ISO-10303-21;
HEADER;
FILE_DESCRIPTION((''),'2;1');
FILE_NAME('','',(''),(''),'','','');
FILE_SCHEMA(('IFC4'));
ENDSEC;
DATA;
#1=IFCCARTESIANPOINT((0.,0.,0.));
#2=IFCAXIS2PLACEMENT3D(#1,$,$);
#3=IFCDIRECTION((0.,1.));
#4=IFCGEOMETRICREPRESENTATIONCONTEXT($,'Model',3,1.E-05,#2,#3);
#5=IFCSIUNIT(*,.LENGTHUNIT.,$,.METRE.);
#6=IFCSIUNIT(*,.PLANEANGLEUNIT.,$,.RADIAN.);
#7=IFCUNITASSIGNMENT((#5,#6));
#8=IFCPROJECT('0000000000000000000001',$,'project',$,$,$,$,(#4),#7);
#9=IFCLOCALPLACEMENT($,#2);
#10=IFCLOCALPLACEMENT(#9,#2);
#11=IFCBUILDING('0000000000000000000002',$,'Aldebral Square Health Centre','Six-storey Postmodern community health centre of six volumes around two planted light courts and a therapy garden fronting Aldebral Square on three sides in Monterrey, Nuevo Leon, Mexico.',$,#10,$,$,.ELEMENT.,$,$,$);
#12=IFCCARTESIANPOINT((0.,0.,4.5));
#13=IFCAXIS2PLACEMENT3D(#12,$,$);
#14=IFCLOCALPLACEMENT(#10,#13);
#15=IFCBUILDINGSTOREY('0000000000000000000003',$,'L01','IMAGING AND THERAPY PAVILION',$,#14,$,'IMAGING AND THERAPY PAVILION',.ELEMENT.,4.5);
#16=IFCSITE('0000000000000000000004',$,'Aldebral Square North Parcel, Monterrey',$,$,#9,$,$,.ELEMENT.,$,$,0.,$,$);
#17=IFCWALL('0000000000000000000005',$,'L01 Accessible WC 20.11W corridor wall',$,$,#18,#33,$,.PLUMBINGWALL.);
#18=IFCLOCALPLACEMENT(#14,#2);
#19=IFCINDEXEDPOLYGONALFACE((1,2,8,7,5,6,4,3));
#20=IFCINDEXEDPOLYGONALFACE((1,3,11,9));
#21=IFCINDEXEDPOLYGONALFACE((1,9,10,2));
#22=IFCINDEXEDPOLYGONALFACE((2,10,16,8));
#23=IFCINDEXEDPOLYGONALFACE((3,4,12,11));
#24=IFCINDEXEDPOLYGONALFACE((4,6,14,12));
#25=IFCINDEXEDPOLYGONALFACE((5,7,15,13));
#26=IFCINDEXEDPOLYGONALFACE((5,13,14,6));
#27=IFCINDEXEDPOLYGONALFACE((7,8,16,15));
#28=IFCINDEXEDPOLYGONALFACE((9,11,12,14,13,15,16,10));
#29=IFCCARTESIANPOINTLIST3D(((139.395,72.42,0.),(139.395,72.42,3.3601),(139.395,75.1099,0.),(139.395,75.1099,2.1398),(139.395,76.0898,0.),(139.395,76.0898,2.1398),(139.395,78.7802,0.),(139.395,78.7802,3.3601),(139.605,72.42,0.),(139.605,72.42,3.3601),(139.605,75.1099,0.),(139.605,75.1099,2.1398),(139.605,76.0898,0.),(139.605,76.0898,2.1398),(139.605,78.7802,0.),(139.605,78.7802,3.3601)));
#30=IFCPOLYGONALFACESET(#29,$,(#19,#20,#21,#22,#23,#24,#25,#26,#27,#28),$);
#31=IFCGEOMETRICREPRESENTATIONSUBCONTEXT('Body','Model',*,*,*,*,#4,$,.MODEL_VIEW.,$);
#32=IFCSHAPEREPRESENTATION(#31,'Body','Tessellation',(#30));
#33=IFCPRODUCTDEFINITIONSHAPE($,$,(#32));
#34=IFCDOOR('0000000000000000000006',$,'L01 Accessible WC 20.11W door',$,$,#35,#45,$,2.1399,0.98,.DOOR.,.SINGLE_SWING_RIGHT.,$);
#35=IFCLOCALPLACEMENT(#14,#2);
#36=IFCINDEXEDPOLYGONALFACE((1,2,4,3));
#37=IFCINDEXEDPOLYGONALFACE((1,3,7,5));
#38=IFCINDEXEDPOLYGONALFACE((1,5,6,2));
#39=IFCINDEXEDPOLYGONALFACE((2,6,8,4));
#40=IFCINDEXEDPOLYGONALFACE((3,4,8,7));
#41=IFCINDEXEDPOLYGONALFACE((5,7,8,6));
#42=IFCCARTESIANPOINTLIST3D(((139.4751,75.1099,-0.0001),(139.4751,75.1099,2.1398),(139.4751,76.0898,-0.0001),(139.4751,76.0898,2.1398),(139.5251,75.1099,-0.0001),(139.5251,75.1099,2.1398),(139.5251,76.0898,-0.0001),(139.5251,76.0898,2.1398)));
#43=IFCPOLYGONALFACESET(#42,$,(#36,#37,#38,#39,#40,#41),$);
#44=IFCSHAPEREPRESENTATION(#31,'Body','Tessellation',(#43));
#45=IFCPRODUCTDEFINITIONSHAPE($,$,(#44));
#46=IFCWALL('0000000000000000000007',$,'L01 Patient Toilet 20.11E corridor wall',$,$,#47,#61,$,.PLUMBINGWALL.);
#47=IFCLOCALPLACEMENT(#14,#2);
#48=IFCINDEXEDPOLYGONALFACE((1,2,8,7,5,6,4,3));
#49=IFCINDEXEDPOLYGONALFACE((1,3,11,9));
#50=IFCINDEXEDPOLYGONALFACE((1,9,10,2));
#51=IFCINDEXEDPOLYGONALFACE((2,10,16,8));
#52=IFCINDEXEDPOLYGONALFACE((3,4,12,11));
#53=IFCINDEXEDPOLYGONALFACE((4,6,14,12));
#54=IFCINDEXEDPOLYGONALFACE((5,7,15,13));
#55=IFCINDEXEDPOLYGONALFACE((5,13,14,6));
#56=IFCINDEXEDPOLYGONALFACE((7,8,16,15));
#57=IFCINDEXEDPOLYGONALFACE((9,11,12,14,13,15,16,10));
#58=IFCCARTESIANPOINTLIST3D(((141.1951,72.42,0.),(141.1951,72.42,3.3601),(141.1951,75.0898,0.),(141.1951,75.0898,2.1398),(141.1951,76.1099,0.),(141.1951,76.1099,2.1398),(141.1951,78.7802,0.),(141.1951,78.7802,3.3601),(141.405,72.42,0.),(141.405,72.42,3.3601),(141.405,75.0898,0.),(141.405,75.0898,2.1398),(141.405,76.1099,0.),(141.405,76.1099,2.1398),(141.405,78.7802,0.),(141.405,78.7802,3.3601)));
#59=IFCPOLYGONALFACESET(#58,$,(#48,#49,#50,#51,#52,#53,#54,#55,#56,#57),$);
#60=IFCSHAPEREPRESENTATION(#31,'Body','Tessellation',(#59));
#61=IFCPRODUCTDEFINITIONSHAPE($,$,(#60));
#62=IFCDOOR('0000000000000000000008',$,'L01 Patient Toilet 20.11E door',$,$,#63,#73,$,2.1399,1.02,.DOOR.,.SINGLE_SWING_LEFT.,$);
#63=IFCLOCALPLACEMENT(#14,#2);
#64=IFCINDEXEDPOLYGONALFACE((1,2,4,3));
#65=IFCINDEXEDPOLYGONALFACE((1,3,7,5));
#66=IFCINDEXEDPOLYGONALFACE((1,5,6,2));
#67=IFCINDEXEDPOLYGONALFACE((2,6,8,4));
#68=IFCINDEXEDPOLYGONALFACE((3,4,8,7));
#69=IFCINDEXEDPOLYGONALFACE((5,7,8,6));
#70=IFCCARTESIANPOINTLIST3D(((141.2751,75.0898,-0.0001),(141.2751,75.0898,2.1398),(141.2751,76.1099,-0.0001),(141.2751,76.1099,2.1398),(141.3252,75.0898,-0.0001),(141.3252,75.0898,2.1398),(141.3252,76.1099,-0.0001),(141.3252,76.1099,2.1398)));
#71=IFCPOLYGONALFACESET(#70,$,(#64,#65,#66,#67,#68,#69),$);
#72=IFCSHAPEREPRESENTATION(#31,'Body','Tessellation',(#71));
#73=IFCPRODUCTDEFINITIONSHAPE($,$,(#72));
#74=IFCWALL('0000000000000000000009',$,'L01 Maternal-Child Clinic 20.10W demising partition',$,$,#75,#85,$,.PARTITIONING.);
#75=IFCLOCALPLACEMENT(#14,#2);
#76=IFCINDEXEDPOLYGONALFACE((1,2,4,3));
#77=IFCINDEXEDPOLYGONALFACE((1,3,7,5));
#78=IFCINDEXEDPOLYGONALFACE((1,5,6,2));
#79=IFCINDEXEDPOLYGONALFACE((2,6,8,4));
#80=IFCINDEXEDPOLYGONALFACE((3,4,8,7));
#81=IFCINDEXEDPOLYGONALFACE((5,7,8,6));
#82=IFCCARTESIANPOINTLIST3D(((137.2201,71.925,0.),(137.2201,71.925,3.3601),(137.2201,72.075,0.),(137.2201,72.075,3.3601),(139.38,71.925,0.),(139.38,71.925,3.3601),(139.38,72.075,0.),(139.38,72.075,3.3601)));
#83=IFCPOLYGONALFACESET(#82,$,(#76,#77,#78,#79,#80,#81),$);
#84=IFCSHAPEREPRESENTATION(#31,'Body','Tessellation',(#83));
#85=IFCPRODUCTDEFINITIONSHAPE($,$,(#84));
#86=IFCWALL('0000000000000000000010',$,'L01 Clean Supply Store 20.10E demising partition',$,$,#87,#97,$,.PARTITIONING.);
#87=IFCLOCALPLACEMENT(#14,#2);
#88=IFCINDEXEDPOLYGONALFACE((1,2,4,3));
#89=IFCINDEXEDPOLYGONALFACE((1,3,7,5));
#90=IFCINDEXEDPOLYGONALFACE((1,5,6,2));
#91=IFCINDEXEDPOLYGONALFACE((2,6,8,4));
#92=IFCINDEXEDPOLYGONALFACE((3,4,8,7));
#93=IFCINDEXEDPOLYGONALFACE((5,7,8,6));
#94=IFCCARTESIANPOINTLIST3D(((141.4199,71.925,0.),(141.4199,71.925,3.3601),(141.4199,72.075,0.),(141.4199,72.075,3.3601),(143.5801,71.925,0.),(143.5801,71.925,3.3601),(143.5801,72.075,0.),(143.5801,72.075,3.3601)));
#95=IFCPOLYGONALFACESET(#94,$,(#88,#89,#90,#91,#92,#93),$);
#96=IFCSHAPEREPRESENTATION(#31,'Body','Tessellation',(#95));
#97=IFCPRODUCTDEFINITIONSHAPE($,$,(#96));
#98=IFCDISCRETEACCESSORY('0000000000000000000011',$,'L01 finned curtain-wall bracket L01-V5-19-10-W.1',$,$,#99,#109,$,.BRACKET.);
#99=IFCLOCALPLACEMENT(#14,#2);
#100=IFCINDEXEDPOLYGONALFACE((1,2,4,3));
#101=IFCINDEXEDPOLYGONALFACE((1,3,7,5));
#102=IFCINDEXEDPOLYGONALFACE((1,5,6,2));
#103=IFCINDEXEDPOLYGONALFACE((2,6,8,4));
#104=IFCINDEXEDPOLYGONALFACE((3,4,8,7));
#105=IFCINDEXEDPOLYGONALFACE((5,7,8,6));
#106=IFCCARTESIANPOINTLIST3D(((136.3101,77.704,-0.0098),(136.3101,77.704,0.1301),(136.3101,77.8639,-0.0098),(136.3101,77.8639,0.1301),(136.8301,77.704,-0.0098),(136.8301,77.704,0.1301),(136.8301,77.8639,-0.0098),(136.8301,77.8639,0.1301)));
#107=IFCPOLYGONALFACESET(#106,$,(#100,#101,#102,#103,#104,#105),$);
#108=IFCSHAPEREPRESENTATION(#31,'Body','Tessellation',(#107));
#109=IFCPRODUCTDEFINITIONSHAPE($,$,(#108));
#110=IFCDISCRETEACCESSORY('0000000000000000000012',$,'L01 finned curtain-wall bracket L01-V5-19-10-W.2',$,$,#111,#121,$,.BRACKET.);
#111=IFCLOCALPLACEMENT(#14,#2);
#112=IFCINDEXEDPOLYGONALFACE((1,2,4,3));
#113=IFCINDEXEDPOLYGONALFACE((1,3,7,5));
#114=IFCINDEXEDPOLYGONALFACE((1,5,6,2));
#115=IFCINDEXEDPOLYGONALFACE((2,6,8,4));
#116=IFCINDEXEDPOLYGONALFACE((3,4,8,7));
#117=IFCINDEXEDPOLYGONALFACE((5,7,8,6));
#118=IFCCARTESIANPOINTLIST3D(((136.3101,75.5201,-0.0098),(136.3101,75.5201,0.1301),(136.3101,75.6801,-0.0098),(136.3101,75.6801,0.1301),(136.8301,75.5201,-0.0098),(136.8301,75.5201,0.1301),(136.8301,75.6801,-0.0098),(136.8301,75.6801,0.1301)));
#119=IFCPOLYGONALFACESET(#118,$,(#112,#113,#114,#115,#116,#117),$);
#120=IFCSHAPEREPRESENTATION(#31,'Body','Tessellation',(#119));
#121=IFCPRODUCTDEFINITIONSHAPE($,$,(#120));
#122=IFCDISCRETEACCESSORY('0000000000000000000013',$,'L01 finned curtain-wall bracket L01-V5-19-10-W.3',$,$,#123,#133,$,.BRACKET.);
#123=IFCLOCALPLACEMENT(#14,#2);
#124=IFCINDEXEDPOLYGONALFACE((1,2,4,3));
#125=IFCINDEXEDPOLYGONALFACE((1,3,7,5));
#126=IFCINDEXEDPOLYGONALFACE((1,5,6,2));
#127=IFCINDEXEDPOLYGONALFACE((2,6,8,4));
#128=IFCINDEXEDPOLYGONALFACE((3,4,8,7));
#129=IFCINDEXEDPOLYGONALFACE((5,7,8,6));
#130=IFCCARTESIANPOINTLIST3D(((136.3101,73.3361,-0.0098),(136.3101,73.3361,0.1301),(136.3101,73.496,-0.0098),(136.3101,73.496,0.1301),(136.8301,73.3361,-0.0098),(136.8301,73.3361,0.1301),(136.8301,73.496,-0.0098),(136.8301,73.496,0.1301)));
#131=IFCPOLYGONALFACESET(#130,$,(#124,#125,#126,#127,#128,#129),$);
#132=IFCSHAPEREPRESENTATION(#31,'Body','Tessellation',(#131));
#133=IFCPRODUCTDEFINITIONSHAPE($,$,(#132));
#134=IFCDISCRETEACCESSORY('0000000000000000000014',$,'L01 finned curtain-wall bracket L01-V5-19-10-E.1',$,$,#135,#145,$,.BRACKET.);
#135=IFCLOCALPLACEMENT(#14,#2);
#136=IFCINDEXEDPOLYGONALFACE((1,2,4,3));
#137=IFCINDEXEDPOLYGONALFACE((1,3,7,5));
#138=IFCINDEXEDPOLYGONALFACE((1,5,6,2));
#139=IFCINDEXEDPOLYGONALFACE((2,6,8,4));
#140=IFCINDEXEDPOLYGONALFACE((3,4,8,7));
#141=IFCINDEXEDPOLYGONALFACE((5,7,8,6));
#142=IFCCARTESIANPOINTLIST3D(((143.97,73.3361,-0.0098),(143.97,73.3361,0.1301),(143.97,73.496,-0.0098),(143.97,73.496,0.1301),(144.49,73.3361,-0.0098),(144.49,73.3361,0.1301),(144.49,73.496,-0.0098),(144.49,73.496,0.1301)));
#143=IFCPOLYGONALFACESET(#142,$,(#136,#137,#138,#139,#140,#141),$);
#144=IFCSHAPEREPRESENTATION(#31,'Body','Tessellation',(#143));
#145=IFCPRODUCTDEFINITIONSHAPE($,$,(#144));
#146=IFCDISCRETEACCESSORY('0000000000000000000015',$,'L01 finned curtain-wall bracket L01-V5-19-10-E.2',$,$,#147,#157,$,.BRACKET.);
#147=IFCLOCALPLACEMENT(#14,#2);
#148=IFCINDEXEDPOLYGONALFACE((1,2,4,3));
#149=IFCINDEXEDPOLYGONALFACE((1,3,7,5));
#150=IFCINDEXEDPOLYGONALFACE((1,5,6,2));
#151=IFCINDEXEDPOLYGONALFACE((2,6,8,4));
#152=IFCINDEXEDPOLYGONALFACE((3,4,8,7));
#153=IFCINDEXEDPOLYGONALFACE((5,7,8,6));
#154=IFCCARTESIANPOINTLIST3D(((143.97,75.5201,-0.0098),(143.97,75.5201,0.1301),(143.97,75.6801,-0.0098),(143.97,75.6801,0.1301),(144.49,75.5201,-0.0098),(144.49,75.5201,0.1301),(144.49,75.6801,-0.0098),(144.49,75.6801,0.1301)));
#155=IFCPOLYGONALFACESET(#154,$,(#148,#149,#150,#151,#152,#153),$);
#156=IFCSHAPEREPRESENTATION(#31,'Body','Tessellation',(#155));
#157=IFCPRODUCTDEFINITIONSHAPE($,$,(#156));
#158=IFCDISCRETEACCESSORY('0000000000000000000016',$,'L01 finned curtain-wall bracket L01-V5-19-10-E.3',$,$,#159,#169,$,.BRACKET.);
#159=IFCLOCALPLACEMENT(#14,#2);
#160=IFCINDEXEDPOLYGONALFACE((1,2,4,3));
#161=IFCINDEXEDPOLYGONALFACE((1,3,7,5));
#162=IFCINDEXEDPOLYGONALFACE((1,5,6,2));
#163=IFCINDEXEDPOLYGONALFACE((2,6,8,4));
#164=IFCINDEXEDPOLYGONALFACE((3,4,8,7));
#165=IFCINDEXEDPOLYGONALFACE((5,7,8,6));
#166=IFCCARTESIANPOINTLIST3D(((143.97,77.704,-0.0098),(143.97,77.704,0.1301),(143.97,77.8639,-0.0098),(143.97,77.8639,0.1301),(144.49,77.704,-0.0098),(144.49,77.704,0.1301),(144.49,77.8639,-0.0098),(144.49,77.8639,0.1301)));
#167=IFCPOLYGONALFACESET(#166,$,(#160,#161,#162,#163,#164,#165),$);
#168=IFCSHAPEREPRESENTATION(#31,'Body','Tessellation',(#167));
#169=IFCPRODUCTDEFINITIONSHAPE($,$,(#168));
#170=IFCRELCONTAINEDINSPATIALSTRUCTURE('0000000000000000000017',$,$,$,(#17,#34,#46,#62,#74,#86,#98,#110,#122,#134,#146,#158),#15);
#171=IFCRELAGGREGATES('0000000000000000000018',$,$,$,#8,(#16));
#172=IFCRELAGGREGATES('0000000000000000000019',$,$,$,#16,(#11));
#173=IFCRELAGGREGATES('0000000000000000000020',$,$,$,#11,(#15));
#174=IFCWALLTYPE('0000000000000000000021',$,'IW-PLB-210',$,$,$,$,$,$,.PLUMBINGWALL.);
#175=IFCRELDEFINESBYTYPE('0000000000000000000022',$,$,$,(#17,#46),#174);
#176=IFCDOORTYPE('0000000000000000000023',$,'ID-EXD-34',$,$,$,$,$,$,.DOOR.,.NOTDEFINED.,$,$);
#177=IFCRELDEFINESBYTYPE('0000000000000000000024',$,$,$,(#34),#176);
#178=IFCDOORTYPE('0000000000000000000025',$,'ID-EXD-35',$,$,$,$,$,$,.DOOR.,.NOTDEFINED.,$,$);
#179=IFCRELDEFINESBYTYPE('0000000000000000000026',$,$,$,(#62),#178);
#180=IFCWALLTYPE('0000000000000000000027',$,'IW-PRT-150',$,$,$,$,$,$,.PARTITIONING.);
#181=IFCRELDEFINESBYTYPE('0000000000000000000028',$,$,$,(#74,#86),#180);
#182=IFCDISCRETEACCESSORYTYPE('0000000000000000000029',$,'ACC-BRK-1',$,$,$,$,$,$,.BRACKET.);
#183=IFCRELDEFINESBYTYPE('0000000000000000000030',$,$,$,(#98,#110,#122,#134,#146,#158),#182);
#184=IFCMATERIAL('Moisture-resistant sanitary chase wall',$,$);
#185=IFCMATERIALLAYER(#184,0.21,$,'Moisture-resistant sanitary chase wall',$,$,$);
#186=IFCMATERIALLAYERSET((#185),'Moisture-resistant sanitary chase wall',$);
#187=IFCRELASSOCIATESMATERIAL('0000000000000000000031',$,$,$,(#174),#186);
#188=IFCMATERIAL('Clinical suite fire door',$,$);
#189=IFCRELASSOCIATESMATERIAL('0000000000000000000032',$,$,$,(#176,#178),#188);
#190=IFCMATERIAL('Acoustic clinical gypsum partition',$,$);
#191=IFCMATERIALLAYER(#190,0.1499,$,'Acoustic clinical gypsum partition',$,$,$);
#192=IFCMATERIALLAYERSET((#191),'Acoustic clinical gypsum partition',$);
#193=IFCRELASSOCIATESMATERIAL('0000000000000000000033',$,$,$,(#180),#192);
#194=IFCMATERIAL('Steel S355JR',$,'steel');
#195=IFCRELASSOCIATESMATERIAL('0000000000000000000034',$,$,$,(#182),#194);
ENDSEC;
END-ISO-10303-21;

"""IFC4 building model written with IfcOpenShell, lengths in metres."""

from ifc_helpers import new_model, si_unit, direction, frame, frame_2d, origin, origin_2d, place, context, subcontext, project, spatial, rectangle, extrude, material, layer, layer_set, type_object, element, fill, save


model = new_model("IFC4")

# Units and contexts
model_context = context("Model", 3, precision=1e-05, world=origin(), true_north=direction((0.0, 1.0)))
body_context = subcontext(model_context, "Body", "Model", "MODEL_VIEW")
ifc_project = project(units=[si_unit("LENGTHUNIT", "METRE"), si_unit("PLANEANGLEUNIT", "RADIAN")], contexts=[model_context])

# Site, building, storey
site_placement = place(None, origin())
site = spatial("IfcSite", under=ifc_project, at=site_placement, Name="Aldebral Square North Parcel, Monterrey", CompositionType="ELEMENT", RefElevation=0.0)
building_placement = place(site_placement, origin())
building = spatial("IfcBuilding", under=site, at=building_placement, Name="Aldebral Square Health Centre", Description="Six-storey Postmodern community health centre of six volumes around two planted light courts and a therapy garden fronting Aldebral Square on three sides in Monterrey, Nuevo Leon, Mexico.", CompositionType="ELEMENT")
storey_placement = place(building_placement, frame((0.0, 0.0, 4.5)))
storey = spatial("IfcBuildingStorey", under=building, at=storey_placement, Name="L01", Description="IMAGING AND THERAPY PAVILION", LongName="IMAGING AND THERAPY PAVILION", CompositionType="ELEMENT", Elevation=4.5)

# Walls, openings, doors
ifc_material_1 = material(Name="Moisture-resistant sanitary chase wall")
ifc_layer_1 = layer(ifc_material_1, 0.21, Name="Moisture-resistant sanitary chase wall")
ifc_layer_set_1 = layer_set([ifc_layer_1], Name="Moisture-resistant sanitary chase wall")
wall_type_1 = type_object("IfcWallType", Name="IW-PLB-210", PredefinedType="PLUMBINGWALL", material=ifc_layer_set_1)
wall_1_placement = place(storey_placement, frame((139.5, 72.4199, 0.0), z_axis=(0.0, 0.0, 1.0), x_axis=(0.0, 1.0, 0.0)))
wall_1 = element("IfcWall", 1, at=wall_1_placement, inside=storey, type_object=wall_type_1, Name="L01 Accessible WC 20.11W corridor wall", PredefinedType="PLUMBINGWALL", context=body_context, shape_type="SweptSolid", body=[
    extrude(rectangle(XDim=6.3601, YDim=0.21, at=frame_2d((3.1802, 0.0))), origin(), (0.0, 0.0, 1.0), 3.3601),
])
opening_1_placement = place(wall_1_placement, frame((2.6899, 0.0, 0.0)))
opening_1 = element("IfcOpeningElement", 2, at=opening_1_placement, cuts=wall_1, PredefinedType="OPENING", context=body_context, shape_type="SweptSolid", body=[
    extrude(rectangle(XDim=0.98, YDim=2.1399, at=frame_2d((0.49, 1.0698))), frame((0.0, 0.115, 0.0), z_axis=(0.0, -1.0, 0.0), x_axis=(1.0, 0.0, 0.0)), (0.0, 0.0, 1.0), 0.23),
])
ifc_material_2 = material(Name="Clinical suite fire door")
door_type_1 = type_object("IfcDoorType", Name="ID-EXD-34", OperationType="NOTDEFINED", PredefinedType="DOOR", material=ifc_material_2)
door_1_placement = place(opening_1_placement, origin())
door_1 = element("IfcDoor", 3, at=door_1_placement, inside=storey, type_object=door_type_1, Name="L01 Accessible WC 20.11W door", OperationType="SINGLE_SWING_RIGHT", OverallHeight=2.1399, OverallWidth=0.98, PredefinedType="DOOR", context=body_context, shape_type="SweptSolid", body=[
    extrude(rectangle(XDim=0.98, YDim=2.1399, at=frame_2d((0.49, 1.0698))), frame((0.0, 0.0249, 0.0), z_axis=(0.0, -1.0, 0.0), x_axis=(1.0, 0.0, 0.0)), (0.0, 0.0, 1.0), 0.05),
])
fill(opening_1, door_1)
wall_2_placement = place(storey_placement, frame((141.3, 72.4199, 0.0), z_axis=(0.0, 0.0, 1.0), x_axis=(0.0, 1.0, 0.0)))
wall_2 = element("IfcWall", 4, at=wall_2_placement, inside=storey, type_object=wall_type_1, Name="L01 Patient Toilet 20.11E corridor wall", PredefinedType="PLUMBINGWALL", context=body_context, shape_type="SweptSolid", body=[
    extrude(rectangle(XDim=6.3601, YDim=0.21, at=frame_2d((3.1802, 0.0))), origin(), (0.0, 0.0, 1.0), 3.3601),
])
opening_2_placement = place(wall_2_placement, frame((2.6699, 0.0, 0.0)))
opening_2 = element("IfcOpeningElement", 5, at=opening_2_placement, cuts=wall_2, PredefinedType="OPENING", context=body_context, shape_type="SweptSolid", body=[
    extrude(rectangle(XDim=1.02, YDim=2.1399, at=frame_2d((0.51, 1.0698))), frame((0.0, 0.115, 0.0), z_axis=(0.0, -1.0, 0.0), x_axis=(1.0, 0.0, 0.0)), (0.0, 0.0, 1.0), 0.23),
])
door_type_2 = type_object("IfcDoorType", Name="ID-EXD-35", OperationType="NOTDEFINED", PredefinedType="DOOR", material=ifc_material_2)
door_2_placement = place(opening_2_placement, origin())
door_2 = element("IfcDoor", 6, at=door_2_placement, inside=storey, type_object=door_type_2, Name="L01 Patient Toilet 20.11E door", OperationType="SINGLE_SWING_LEFT", OverallHeight=2.1399, OverallWidth=1.02, PredefinedType="DOOR", context=body_context, shape_type="SweptSolid", body=[
    extrude(rectangle(XDim=1.02, YDim=2.1399, at=frame_2d((0.51, 1.0698))), frame((0.0, 0.0249, 0.0), z_axis=(0.0, -1.0, 0.0), x_axis=(1.0, 0.0, 0.0)), (0.0, 0.0, 1.0), 0.05),
])
fill(opening_2, door_2)

# Walls
ifc_material_3 = material(Name="Acoustic clinical gypsum partition")
ifc_layer_2 = layer(ifc_material_3, 0.1499, Name="Acoustic clinical gypsum partition")
ifc_layer_set_2 = layer_set([ifc_layer_2], Name="Acoustic clinical gypsum partition")
wall_type_2 = type_object("IfcWallType", Name="IW-PRT-150", PredefinedType="PARTITIONING", material=ifc_layer_set_2)
wall_3_placement = place(storey_placement, frame((137.22, 72.0, 0.0), z_axis=(0.0, 0.0, 1.0), x_axis=(1.0, 0.0, 0.0)))
element("IfcWall", 7, at=wall_3_placement, inside=storey, type_object=wall_type_2, Name="L01 Maternal-Child Clinic 20.10W demising partition", PredefinedType="PARTITIONING", context=body_context, shape_type="SweptSolid", body=[
    extrude(rectangle(XDim=2.1599, YDim=0.1499, at=frame_2d((1.0801, 0.0))), origin(), (0.0, 0.0, 1.0), 3.3601),
])
wall_4_placement = place(storey_placement, frame((141.4199, 72.0, 0.0), z_axis=(0.0, 0.0, 1.0), x_axis=(1.0, 0.0, 0.0)))
element("IfcWall", 8, at=wall_4_placement, inside=storey, type_object=wall_type_2, Name="L01 Clean Supply Store 20.10E demising partition", PredefinedType="PARTITIONING", context=body_context, shape_type="SweptSolid", body=[
    extrude(rectangle(XDim=2.1602, YDim=0.1499, at=frame_2d((1.0801, 0.0))), origin(), (0.0, 0.0, 1.0), 3.3601),
])

# Discrete accessories
ifc_material_4 = material(Name="Steel S355JR", Category="steel")
discrete_accessory_type = type_object("IfcDiscreteAccessoryType", Name="ACC-BRK-1", PredefinedType="BRACKET", material=ifc_material_4)
for number, where, z_axis, x_axis, name in (
    (9, (136.5701, 77.7839, -0.0098), (0.0, 0.0, 1.0), (0.0, 1.0, 0.0), "L01 finned curtain-wall bracket L01-V5-19-10-W.1"),
    (10, (136.5701, 75.6001, -0.0098), (0.0, 0.0, 1.0), (0.0, 1.0, 0.0), "L01 finned curtain-wall bracket L01-V5-19-10-W.2"),
    (11, (136.5701, 73.416, -0.0098), (0.0, 0.0, 1.0), (0.0, 1.0, 0.0), "L01 finned curtain-wall bracket L01-V5-19-10-W.3"),
    (12, (144.23, 73.416, -0.0098), (0.0, 0.0, 1.0), (0.0, 1.0, 0.0), "L01 finned curtain-wall bracket L01-V5-19-10-E.1"),
    (13, (144.23, 75.6001, -0.0098), (0.0, 0.0, 1.0), (0.0, 1.0, 0.0), "L01 finned curtain-wall bracket L01-V5-19-10-E.2"),
    (14, (144.23, 77.7839, -0.0098), (0.0, 0.0, 1.0), (0.0, 1.0, 0.0), "L01 finned curtain-wall bracket L01-V5-19-10-E.3"),
):
    element("IfcDiscreteAccessory", number, at=place(storey_placement, frame(where, z_axis=z_axis, x_axis=x_axis)), inside=storey, type_object=discrete_accessory_type, Name=name, PredefinedType="BRACKET", context=body_context, shape_type="SweptSolid", body=[
        extrude(rectangle(XDim=0.1599, YDim=0.52, at=origin_2d()), origin(), (0.0, 0.0, 1.0), 0.1399),
    ])

save(model, "model.ifc")
